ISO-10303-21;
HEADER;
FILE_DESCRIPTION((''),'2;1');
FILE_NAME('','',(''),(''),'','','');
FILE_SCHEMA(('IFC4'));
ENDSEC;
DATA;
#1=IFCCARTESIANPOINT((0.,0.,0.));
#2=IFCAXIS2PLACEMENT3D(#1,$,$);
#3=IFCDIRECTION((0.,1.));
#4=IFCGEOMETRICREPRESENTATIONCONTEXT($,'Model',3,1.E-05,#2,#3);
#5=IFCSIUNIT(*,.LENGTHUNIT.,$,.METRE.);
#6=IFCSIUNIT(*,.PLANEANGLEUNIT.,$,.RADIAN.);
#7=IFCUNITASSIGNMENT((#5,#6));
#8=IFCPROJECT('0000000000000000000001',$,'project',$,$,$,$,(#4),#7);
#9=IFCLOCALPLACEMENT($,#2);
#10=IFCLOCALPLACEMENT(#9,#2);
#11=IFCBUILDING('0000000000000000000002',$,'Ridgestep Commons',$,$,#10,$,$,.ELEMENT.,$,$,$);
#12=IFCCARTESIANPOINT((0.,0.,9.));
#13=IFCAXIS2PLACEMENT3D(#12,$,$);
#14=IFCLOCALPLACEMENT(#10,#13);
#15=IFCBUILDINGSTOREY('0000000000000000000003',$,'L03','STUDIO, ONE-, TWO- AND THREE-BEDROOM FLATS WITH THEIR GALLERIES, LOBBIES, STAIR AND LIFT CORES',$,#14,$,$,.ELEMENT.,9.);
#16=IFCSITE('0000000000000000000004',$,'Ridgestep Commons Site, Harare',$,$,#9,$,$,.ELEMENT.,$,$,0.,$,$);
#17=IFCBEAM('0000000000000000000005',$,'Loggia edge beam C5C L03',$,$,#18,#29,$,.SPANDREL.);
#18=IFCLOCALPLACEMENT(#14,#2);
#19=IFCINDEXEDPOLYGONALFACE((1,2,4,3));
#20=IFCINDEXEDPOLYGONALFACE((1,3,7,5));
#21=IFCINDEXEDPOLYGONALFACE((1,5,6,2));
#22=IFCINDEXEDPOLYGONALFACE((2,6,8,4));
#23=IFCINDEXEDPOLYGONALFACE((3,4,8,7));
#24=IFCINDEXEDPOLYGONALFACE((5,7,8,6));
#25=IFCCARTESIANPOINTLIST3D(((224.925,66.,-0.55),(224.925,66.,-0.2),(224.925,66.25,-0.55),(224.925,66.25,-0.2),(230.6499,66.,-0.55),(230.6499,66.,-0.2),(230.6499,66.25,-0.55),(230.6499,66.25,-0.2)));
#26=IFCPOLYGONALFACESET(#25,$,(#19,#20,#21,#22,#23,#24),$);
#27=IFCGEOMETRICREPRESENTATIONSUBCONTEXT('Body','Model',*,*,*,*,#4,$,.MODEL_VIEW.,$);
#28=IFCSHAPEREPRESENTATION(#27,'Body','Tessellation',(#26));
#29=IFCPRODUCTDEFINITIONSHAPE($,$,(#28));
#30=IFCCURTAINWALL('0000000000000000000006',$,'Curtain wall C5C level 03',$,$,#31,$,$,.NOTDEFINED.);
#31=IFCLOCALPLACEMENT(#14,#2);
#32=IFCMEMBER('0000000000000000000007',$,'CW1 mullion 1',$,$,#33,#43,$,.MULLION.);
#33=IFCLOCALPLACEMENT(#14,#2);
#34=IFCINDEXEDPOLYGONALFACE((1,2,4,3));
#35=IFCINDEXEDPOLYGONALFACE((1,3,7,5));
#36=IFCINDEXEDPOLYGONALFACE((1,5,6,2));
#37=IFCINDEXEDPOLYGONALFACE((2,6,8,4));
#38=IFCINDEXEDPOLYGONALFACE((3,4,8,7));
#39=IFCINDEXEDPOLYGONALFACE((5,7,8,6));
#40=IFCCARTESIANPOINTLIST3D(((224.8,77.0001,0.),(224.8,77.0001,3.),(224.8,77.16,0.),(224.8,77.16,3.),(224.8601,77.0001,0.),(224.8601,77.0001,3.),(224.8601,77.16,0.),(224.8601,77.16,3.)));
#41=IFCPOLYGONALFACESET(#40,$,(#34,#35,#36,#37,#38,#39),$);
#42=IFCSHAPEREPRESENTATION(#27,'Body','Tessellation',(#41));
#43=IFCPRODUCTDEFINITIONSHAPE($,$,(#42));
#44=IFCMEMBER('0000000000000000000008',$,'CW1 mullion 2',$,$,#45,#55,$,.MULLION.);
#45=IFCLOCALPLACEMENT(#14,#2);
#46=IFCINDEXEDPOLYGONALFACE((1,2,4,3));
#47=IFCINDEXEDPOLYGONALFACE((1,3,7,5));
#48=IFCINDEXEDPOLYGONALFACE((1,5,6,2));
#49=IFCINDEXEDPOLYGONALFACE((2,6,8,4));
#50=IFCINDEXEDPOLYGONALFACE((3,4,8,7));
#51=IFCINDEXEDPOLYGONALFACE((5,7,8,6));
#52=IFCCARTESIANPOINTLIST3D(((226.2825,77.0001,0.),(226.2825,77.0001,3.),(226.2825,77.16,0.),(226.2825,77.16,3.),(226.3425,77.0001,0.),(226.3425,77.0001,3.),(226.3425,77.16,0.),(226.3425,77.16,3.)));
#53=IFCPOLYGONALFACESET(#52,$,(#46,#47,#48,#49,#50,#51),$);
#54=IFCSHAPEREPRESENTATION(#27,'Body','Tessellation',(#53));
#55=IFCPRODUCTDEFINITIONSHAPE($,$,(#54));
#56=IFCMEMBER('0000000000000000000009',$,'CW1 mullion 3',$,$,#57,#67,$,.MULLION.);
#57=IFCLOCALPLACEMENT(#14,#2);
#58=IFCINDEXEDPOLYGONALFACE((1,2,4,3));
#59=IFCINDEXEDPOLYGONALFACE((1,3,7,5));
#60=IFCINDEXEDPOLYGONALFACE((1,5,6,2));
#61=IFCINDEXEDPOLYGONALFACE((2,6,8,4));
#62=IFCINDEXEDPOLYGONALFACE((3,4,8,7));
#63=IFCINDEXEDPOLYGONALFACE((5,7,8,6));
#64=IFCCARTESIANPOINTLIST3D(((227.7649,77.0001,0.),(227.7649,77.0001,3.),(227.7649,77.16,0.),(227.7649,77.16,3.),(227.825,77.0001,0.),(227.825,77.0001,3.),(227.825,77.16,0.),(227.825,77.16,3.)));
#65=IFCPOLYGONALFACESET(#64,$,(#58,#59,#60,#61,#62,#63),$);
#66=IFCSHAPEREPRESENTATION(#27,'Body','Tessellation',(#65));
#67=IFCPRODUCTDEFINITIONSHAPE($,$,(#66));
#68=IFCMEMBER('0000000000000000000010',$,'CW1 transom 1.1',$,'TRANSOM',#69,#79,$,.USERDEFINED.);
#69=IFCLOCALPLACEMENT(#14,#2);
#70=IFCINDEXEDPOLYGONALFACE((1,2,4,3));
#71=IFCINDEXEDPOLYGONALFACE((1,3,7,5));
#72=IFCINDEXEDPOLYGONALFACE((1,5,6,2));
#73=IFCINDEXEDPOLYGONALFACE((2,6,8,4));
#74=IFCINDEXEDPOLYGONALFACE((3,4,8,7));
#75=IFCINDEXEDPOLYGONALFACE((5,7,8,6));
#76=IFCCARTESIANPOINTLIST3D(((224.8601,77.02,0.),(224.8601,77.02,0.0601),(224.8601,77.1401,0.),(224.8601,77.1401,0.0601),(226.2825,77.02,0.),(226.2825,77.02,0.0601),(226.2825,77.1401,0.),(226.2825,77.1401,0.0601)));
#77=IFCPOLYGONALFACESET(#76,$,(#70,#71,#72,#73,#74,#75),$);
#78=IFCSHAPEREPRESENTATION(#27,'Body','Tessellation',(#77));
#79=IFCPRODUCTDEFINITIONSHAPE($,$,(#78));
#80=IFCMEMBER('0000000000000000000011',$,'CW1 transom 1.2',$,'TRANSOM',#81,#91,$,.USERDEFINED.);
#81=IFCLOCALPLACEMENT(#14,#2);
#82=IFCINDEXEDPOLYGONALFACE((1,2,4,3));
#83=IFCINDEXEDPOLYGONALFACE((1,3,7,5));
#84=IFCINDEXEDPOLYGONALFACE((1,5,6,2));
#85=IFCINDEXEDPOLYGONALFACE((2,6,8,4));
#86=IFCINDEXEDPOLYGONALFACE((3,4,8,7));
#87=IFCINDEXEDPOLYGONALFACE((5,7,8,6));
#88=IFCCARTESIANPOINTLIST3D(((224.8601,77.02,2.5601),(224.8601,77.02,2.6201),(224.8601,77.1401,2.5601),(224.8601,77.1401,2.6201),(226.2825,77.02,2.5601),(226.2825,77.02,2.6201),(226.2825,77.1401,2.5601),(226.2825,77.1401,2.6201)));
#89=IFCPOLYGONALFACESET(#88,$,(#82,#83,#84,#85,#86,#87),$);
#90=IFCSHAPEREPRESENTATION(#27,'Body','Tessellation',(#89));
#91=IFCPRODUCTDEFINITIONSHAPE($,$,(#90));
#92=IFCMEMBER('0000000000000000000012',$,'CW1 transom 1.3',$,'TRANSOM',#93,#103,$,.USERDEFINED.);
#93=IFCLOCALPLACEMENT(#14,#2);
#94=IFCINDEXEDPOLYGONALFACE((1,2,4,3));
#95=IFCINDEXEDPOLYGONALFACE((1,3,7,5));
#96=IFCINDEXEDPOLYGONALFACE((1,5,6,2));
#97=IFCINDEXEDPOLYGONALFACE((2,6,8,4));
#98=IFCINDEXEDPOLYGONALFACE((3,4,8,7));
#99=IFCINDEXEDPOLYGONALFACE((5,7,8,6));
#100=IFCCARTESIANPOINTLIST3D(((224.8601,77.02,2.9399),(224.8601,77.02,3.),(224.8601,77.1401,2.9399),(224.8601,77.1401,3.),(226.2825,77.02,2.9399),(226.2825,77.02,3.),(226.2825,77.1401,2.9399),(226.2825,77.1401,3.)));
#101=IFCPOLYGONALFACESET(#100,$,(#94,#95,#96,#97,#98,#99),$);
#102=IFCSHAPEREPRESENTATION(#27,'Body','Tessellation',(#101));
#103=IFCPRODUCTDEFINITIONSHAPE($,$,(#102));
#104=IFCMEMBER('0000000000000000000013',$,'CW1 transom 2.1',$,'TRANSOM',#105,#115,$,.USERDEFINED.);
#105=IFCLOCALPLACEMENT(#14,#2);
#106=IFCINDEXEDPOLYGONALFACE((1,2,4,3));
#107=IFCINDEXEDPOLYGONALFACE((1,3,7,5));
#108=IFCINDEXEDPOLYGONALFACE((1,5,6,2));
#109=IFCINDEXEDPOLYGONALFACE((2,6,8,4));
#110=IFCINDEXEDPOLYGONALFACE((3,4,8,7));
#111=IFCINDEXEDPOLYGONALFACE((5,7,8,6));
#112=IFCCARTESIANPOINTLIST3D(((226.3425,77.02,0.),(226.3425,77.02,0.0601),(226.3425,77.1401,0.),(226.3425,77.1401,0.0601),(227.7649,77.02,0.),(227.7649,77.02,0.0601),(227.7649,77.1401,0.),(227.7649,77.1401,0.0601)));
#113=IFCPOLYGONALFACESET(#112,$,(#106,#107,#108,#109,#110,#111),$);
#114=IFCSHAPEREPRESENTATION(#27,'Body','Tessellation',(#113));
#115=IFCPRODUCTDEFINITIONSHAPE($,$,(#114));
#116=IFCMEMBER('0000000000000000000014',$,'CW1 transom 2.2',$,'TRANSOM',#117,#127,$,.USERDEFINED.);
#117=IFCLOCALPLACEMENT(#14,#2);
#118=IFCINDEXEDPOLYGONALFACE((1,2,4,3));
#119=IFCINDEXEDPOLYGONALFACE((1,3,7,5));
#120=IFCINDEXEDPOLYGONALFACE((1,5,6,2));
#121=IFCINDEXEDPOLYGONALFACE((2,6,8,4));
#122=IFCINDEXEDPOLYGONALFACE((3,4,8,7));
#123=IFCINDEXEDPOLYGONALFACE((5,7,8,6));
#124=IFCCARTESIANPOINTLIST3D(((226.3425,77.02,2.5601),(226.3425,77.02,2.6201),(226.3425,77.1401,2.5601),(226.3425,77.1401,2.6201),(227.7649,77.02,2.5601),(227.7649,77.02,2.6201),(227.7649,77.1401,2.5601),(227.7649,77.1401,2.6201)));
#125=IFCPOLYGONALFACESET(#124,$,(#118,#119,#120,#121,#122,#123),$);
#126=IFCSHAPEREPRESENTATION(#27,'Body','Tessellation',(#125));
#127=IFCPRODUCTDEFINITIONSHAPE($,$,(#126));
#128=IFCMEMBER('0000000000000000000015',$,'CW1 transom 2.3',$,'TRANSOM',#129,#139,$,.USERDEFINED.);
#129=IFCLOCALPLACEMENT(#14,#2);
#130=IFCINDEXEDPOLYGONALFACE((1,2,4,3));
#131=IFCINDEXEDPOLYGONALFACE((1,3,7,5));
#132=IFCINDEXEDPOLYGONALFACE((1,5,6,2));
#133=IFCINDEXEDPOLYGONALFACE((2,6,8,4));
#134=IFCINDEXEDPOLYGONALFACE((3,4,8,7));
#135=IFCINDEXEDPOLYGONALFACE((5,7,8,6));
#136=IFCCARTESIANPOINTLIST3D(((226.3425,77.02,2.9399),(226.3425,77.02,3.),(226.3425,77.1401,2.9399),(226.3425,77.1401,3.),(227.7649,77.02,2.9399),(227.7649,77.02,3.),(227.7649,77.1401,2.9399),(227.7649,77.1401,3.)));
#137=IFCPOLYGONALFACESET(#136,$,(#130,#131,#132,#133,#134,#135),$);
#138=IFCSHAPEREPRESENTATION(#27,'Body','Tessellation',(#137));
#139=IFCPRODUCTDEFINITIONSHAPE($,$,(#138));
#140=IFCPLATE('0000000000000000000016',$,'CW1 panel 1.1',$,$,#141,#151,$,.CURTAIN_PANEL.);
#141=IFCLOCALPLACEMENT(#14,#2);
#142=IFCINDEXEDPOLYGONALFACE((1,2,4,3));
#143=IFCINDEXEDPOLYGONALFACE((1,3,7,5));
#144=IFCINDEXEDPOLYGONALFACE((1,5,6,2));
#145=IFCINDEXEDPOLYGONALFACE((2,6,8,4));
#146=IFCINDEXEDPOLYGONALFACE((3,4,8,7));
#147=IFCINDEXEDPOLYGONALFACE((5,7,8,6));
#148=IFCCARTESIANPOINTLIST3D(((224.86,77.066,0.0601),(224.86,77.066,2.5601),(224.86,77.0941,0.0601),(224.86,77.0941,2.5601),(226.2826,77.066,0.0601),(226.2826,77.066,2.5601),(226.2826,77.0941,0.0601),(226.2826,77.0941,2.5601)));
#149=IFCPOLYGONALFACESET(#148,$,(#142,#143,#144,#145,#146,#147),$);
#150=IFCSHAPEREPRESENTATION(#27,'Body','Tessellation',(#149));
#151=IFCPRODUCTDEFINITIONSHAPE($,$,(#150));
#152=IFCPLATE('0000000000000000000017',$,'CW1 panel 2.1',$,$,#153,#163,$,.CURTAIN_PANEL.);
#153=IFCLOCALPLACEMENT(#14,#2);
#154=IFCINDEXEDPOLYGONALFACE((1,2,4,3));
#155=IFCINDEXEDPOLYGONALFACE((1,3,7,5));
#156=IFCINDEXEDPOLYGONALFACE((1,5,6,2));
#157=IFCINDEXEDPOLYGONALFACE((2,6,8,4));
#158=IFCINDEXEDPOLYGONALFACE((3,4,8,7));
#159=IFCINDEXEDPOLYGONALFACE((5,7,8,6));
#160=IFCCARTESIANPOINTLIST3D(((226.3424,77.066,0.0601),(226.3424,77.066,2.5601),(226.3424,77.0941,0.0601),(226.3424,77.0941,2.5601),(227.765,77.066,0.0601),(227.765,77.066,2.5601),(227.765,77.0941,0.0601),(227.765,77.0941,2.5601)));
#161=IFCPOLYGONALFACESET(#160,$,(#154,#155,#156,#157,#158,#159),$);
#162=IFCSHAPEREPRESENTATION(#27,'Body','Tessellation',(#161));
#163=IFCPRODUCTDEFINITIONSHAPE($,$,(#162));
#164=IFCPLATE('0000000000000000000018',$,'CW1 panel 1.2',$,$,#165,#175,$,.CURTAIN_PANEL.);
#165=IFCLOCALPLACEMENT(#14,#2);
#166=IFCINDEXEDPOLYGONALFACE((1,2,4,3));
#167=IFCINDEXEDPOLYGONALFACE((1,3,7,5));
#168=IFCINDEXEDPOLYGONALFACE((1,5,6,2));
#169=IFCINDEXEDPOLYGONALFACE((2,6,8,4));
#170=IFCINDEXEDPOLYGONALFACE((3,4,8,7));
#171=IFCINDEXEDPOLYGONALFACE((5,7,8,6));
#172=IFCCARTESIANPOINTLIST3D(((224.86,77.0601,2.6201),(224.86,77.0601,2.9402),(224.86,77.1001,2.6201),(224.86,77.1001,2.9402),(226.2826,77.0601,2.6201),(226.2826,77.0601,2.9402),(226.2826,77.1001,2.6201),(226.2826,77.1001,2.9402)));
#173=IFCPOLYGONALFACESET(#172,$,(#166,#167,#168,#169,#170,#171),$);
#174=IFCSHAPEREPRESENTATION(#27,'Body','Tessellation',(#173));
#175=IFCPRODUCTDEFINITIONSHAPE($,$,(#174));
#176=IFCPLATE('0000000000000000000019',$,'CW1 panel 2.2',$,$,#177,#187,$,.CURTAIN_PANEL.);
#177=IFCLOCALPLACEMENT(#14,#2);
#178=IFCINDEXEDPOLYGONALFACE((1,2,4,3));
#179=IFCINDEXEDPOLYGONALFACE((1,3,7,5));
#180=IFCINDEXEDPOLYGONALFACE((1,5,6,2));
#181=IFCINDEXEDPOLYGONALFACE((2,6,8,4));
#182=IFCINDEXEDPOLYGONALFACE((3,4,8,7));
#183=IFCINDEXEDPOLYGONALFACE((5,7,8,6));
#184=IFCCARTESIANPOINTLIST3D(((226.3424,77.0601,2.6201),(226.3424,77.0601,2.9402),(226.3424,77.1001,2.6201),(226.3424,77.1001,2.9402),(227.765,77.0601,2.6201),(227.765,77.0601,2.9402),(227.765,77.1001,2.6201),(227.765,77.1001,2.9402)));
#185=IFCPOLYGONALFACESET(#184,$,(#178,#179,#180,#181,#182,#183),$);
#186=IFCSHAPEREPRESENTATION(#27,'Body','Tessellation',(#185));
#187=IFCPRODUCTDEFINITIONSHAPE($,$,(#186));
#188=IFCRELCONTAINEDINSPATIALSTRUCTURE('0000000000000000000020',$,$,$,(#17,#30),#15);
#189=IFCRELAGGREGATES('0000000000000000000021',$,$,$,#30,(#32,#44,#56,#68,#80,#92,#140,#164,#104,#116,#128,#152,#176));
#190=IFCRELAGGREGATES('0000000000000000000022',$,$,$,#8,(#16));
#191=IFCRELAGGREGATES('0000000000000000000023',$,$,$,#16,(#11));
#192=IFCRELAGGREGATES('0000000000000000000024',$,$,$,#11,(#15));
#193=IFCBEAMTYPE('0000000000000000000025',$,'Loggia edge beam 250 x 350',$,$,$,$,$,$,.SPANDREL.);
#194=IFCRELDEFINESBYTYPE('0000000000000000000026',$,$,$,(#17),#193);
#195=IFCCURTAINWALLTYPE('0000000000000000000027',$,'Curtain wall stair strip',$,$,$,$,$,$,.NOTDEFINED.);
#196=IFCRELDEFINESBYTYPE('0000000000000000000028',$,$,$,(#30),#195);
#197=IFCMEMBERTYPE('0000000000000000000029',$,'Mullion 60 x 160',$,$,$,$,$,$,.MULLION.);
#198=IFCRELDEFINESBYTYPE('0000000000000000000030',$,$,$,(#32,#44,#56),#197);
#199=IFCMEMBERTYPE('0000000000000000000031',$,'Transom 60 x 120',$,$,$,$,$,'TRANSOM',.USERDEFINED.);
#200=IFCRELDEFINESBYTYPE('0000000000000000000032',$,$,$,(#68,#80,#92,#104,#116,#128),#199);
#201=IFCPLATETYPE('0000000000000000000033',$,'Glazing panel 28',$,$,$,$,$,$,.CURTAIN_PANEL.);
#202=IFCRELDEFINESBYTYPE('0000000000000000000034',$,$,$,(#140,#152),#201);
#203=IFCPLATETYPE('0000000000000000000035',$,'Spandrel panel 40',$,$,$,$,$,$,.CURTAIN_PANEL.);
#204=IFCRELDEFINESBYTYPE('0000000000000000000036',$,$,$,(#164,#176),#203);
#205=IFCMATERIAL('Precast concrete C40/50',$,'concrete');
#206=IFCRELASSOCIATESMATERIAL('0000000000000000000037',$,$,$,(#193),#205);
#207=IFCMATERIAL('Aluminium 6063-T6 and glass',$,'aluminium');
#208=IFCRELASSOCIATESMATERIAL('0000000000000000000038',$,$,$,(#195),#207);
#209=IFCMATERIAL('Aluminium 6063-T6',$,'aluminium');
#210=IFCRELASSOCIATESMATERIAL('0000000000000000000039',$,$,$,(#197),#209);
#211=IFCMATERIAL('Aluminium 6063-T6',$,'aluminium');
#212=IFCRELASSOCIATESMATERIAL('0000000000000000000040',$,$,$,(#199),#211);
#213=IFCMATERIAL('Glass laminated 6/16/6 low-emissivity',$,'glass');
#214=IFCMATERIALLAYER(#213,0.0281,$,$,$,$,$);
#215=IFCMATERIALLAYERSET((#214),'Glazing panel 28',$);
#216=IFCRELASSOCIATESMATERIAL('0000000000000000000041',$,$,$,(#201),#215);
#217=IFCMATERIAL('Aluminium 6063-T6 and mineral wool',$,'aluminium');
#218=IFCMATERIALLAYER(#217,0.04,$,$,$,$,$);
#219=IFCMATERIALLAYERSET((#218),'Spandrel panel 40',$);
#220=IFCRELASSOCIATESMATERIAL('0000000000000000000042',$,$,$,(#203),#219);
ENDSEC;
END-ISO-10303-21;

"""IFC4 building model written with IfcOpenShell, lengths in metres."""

from ifc_helpers import new_model, si_unit, direction, frame, origin, origin_2d, place, context, subcontext, project, spatial, rectangle, extrude, material, layer, layer_set, material_profile, profile_set, type_object, element, aggregate, save


model = new_model("IFC4")

# Units and contexts
model_context = context("Model", 3, precision=1e-05, world=origin(), true_north=direction((0.0, 1.0)))
body_context = subcontext(model_context, "Body", "Model", "MODEL_VIEW")
ifc_project = project(units=[si_unit("LENGTHUNIT", "METRE"), si_unit("PLANEANGLEUNIT", "RADIAN")], contexts=[model_context])

# Site, building, storey
site_placement = place(None, origin())
site = spatial("IfcSite", under=ifc_project, at=site_placement, Name="Ridgestep Commons Site, Harare", CompositionType="ELEMENT", RefElevation=0.0)
building_placement = place(site_placement, origin())
building = spatial("IfcBuilding", under=site, at=building_placement, Name="Ridgestep Commons", CompositionType="ELEMENT")
storey_placement = place(building_placement, frame((0.0, 0.0, 9.0)))
storey = spatial("IfcBuildingStorey", under=building, at=storey_placement, Name="L03", Description="STUDIO, ONE-, TWO- AND THREE-BEDROOM FLATS WITH THEIR GALLERIES, LOBBIES, STAIR AND LIFT CORES", CompositionType="ELEMENT", Elevation=9.0)

# Beam
ifc_material_1 = material(Name="Precast concrete C40/50", Category="concrete")
ifc_material_profile_1 = material_profile(ifc_material_1, rectangle(XDim=0.25, YDim=0.3501, at=origin_2d()), Name="PC 250x350")
ifc_profile_set_1 = profile_set([ifc_material_profile_1], Name="Precast concrete C40/50")
beam_type = type_object("IfcBeamType", Name="Loggia edge beam 250 x 350", PredefinedType="SPANDREL", material=ifc_profile_set_1)
beam_placement = place(storey_placement, frame((224.925, 66.125, -0.375), z_axis=(1.0, 0.0, 0.0), x_axis=(0.0, 1.0, 0.0)))
element("IfcBeam", 1, at=beam_placement, inside=storey, type_object=beam_type, Name="Loggia edge beam C5C L03", PredefinedType="SPANDREL", context=body_context, shape_type="SweptSolid", body=[
    extrude(rectangle(XDim=0.25, YDim=0.3501, at=origin_2d()), origin(), (0.0, 0.0, 1.0), 5.7249),
])

# Curtain wall, members, plates
ifc_material_2 = material(Name="Aluminium 6063-T6 and glass", Category="aluminium")
curtain_wall_type = type_object("IfcCurtainWallType", Name="Curtain wall stair strip", PredefinedType="NOTDEFINED", material=ifc_material_2)
curtain_wall_placement = place(storey_placement, origin())
curtain_wall = element("IfcCurtainWall", 2, at=curtain_wall_placement, inside=storey, type_object=curtain_wall_type, Name="Curtain wall C5C level 03", PredefinedType="NOTDEFINED")
ifc_material_3 = material(Name="Aluminium 6063-T6", Category="aluminium")
ifc_material_profile_2 = material_profile(ifc_material_3, rectangle(XDim=0.1599, YDim=0.0601, at=origin_2d()), Name="Mullion 60 x 160")
ifc_profile_set_2 = profile_set([ifc_material_profile_2], Name="Aluminium 6063-T6")
member_type_1 = type_object("IfcMemberType", Name="Mullion 60 x 160", PredefinedType="MULLION", material=ifc_profile_set_2)
member_1_placement = place(storey_placement, frame((224.8301, 77.0801, 0.0), z_axis=(0.0, 0.0, 1.0), x_axis=(0.0, 1.0, 0.0)))
member_1 = element("IfcMember", 3, at=member_1_placement, type_object=member_type_1, Name="CW1 mullion 1", PredefinedType="MULLION", context=body_context, shape_type="SweptSolid", body=[
    extrude(rectangle(XDim=0.1599, YDim=0.0601, at=origin_2d()), origin(), (0.0, 0.0, 1.0), 3.0),
])
member_2_placement = place(storey_placement, frame((226.3125, 77.0801, 0.0), z_axis=(0.0, 0.0, 1.0), x_axis=(0.0, 1.0, 0.0)))
member_2 = element("IfcMember", 4, at=member_2_placement, type_object=member_type_1, Name="CW1 mullion 2", PredefinedType="MULLION", context=body_context, shape_type="SweptSolid", body=[
    extrude(rectangle(XDim=0.1599, YDim=0.0601, at=origin_2d()), origin(), (0.0, 0.0, 1.0), 3.0),
])
member_3_placement = place(storey_placement, frame((227.7949, 77.0801, 0.0), z_axis=(0.0, 0.0, 1.0), x_axis=(0.0, 1.0, 0.0)))
member_3 = element("IfcMember", 5, at=member_3_placement, type_object=member_type_1, Name="CW1 mullion 3", PredefinedType="MULLION", context=body_context, shape_type="SweptSolid", body=[
    extrude(rectangle(XDim=0.1599, YDim=0.0601, at=origin_2d()), origin(), (0.0, 0.0, 1.0), 3.0),
])
ifc_material_4 = material(Name="Aluminium 6063-T6", Category="aluminium")
ifc_material_profile_3 = material_profile(ifc_material_4, rectangle(XDim=0.1201, YDim=0.0601, at=origin_2d()), Name="Transom 60 x 120")
ifc_profile_set_3 = profile_set([ifc_material_profile_3], Name="Aluminium 6063-T6")
member_type_2 = type_object("IfcMemberType", Name="Transom 60 x 120", ElementType="TRANSOM", PredefinedType="USERDEFINED", material=ifc_profile_set_3)
member_4_placement = place(storey_placement, frame((224.8601, 77.0801, 0.03), z_axis=(1.0, 0.0, 0.0), x_axis=(0.0, 1.0, 0.0)))
member_4 = element("IfcMember", 6, at=member_4_placement, type_object=member_type_2, Name="CW1 transom 1.1", ObjectType="TRANSOM", PredefinedType="USERDEFINED", context=body_context, shape_type="SweptSolid", body=[
    extrude(rectangle(XDim=0.1201, YDim=0.0601, at=origin_2d()), origin(), (0.0, 0.0, 1.0), 1.4224),
])
member_5_placement = place(storey_placement, frame((224.8601, 77.0801, 2.5901), z_axis=(1.0, 0.0, 0.0), x_axis=(0.0, 1.0, 0.0)))
member_5 = element("IfcMember", 7, at=member_5_placement, type_object=member_type_2, Name="CW1 transom 1.2", ObjectType="TRANSOM", PredefinedType="USERDEFINED", context=body_context, shape_type="SweptSolid", body=[
    extrude(rectangle(XDim=0.1201, YDim=0.0601, at=origin_2d()), origin(), (0.0, 0.0, 1.0), 1.4224),
])
member_6_placement = place(storey_placement, frame((224.8601, 77.0801, 2.97), z_axis=(1.0, 0.0, 0.0), x_axis=(0.0, 1.0, 0.0)))
member_6 = element("IfcMember", 8, at=member_6_placement, type_object=member_type_2, Name="CW1 transom 1.3", ObjectType="TRANSOM", PredefinedType="USERDEFINED", context=body_context, shape_type="SweptSolid", body=[
    extrude(rectangle(XDim=0.1201, YDim=0.0601, at=origin_2d()), origin(), (0.0, 0.0, 1.0), 1.4224),
])
member_7_placement = place(storey_placement, frame((226.3425, 77.0801, 0.03), z_axis=(1.0, 0.0, 0.0), x_axis=(0.0, 1.0, 0.0)))
member_7 = element("IfcMember", 9, at=member_7_placement, type_object=member_type_2, Name="CW1 transom 2.1", ObjectType="TRANSOM", PredefinedType="USERDEFINED", context=body_context, shape_type="SweptSolid", body=[
    extrude(rectangle(XDim=0.1201, YDim=0.0601, at=origin_2d()), origin(), (0.0, 0.0, 1.0), 1.4224),
])
member_8_placement = place(storey_placement, frame((226.3425, 77.0801, 2.5901), z_axis=(1.0, 0.0, 0.0), x_axis=(0.0, 1.0, 0.0)))
member_8 = element("IfcMember", 10, at=member_8_placement, type_object=member_type_2, Name="CW1 transom 2.2", ObjectType="TRANSOM", PredefinedType="USERDEFINED", context=body_context, shape_type="SweptSolid", body=[
    extrude(rectangle(XDim=0.1201, YDim=0.0601, at=origin_2d()), origin(), (0.0, 0.0, 1.0), 1.4224),
])
member_9_placement = place(storey_placement, frame((226.3425, 77.0801, 2.97), z_axis=(1.0, 0.0, 0.0), x_axis=(0.0, 1.0, 0.0)))
member_9 = element("IfcMember", 11, at=member_9_placement, type_object=member_type_2, Name="CW1 transom 2.3", ObjectType="TRANSOM", PredefinedType="USERDEFINED", context=body_context, shape_type="SweptSolid", body=[
    extrude(rectangle(XDim=0.1201, YDim=0.0601, at=origin_2d()), origin(), (0.0, 0.0, 1.0), 1.4224),
])
ifc_material_5 = material(Name="Glass laminated 6/16/6 low-emissivity", Category="glass")
ifc_layer_1 = layer(ifc_material_5, 0.0281)
ifc_layer_set_1 = layer_set([ifc_layer_1], Name="Glazing panel 28")
plate_type_1 = type_object("IfcPlateType", Name="Glazing panel 28", PredefinedType="CURTAIN_PANEL", material=ifc_layer_set_1)
plate_1_placement = place(storey_placement, frame((225.5713, 77.0801, 0.0601), z_axis=(0.0, 0.0, 1.0), x_axis=(1.0, 0.0, 0.0)))
plate_1 = element("IfcPlate", 12, at=plate_1_placement, type_object=plate_type_1, Name="CW1 panel 1.1", PredefinedType="CURTAIN_PANEL", context=body_context, shape_type="SweptSolid", body=[
    extrude(rectangle(XDim=1.4226, YDim=0.0281, at=origin_2d()), origin(), (0.0, 0.0, 1.0), 2.5),
])
plate_2_placement = place(storey_placement, frame((227.0537, 77.0801, 0.0601), z_axis=(0.0, 0.0, 1.0), x_axis=(1.0, 0.0, 0.0)))
plate_2 = element("IfcPlate", 13, at=plate_2_placement, type_object=plate_type_1, Name="CW1 panel 2.1", PredefinedType="CURTAIN_PANEL", context=body_context, shape_type="SweptSolid", body=[
    extrude(rectangle(XDim=1.4226, YDim=0.0281, at=origin_2d()), origin(), (0.0, 0.0, 1.0), 2.5),
])
ifc_material_6 = material(Name="Aluminium 6063-T6 and mineral wool", Category="aluminium")
ifc_layer_2 = layer(ifc_material_6, 0.04)
ifc_layer_set_2 = layer_set([ifc_layer_2], Name="Spandrel panel 40")
plate_type_2 = type_object("IfcPlateType", Name="Spandrel panel 40", PredefinedType="CURTAIN_PANEL", material=ifc_layer_set_2)
plate_3_placement = place(storey_placement, frame((225.5713, 77.0801, 2.6201), z_axis=(0.0, 0.0, 1.0), x_axis=(1.0, 0.0, 0.0)))
plate_3 = element("IfcPlate", 14, at=plate_3_placement, type_object=plate_type_2, Name="CW1 panel 1.2", PredefinedType="CURTAIN_PANEL", context=body_context, shape_type="SweptSolid", body=[
    extrude(rectangle(XDim=1.4226, YDim=0.04, at=origin_2d()), origin(), (0.0, 0.0, 1.0), 0.3201),
])
plate_4_placement = place(storey_placement, frame((227.0537, 77.0801, 2.6201), z_axis=(0.0, 0.0, 1.0), x_axis=(1.0, 0.0, 0.0)))
plate_4 = element("IfcPlate", 15, at=plate_4_placement, type_object=plate_type_2, Name="CW1 panel 2.2", PredefinedType="CURTAIN_PANEL", context=body_context, shape_type="SweptSolid", body=[
    extrude(rectangle(XDim=1.4226, YDim=0.04, at=origin_2d()), origin(), (0.0, 0.0, 1.0), 0.3201),
])
aggregate(curtain_wall, [member_1, member_2, member_3, member_4, member_5, member_6, plate_1, plate_3, member_7, member_8, member_9, plate_2, plate_4])

save(model, "model.ifc")
